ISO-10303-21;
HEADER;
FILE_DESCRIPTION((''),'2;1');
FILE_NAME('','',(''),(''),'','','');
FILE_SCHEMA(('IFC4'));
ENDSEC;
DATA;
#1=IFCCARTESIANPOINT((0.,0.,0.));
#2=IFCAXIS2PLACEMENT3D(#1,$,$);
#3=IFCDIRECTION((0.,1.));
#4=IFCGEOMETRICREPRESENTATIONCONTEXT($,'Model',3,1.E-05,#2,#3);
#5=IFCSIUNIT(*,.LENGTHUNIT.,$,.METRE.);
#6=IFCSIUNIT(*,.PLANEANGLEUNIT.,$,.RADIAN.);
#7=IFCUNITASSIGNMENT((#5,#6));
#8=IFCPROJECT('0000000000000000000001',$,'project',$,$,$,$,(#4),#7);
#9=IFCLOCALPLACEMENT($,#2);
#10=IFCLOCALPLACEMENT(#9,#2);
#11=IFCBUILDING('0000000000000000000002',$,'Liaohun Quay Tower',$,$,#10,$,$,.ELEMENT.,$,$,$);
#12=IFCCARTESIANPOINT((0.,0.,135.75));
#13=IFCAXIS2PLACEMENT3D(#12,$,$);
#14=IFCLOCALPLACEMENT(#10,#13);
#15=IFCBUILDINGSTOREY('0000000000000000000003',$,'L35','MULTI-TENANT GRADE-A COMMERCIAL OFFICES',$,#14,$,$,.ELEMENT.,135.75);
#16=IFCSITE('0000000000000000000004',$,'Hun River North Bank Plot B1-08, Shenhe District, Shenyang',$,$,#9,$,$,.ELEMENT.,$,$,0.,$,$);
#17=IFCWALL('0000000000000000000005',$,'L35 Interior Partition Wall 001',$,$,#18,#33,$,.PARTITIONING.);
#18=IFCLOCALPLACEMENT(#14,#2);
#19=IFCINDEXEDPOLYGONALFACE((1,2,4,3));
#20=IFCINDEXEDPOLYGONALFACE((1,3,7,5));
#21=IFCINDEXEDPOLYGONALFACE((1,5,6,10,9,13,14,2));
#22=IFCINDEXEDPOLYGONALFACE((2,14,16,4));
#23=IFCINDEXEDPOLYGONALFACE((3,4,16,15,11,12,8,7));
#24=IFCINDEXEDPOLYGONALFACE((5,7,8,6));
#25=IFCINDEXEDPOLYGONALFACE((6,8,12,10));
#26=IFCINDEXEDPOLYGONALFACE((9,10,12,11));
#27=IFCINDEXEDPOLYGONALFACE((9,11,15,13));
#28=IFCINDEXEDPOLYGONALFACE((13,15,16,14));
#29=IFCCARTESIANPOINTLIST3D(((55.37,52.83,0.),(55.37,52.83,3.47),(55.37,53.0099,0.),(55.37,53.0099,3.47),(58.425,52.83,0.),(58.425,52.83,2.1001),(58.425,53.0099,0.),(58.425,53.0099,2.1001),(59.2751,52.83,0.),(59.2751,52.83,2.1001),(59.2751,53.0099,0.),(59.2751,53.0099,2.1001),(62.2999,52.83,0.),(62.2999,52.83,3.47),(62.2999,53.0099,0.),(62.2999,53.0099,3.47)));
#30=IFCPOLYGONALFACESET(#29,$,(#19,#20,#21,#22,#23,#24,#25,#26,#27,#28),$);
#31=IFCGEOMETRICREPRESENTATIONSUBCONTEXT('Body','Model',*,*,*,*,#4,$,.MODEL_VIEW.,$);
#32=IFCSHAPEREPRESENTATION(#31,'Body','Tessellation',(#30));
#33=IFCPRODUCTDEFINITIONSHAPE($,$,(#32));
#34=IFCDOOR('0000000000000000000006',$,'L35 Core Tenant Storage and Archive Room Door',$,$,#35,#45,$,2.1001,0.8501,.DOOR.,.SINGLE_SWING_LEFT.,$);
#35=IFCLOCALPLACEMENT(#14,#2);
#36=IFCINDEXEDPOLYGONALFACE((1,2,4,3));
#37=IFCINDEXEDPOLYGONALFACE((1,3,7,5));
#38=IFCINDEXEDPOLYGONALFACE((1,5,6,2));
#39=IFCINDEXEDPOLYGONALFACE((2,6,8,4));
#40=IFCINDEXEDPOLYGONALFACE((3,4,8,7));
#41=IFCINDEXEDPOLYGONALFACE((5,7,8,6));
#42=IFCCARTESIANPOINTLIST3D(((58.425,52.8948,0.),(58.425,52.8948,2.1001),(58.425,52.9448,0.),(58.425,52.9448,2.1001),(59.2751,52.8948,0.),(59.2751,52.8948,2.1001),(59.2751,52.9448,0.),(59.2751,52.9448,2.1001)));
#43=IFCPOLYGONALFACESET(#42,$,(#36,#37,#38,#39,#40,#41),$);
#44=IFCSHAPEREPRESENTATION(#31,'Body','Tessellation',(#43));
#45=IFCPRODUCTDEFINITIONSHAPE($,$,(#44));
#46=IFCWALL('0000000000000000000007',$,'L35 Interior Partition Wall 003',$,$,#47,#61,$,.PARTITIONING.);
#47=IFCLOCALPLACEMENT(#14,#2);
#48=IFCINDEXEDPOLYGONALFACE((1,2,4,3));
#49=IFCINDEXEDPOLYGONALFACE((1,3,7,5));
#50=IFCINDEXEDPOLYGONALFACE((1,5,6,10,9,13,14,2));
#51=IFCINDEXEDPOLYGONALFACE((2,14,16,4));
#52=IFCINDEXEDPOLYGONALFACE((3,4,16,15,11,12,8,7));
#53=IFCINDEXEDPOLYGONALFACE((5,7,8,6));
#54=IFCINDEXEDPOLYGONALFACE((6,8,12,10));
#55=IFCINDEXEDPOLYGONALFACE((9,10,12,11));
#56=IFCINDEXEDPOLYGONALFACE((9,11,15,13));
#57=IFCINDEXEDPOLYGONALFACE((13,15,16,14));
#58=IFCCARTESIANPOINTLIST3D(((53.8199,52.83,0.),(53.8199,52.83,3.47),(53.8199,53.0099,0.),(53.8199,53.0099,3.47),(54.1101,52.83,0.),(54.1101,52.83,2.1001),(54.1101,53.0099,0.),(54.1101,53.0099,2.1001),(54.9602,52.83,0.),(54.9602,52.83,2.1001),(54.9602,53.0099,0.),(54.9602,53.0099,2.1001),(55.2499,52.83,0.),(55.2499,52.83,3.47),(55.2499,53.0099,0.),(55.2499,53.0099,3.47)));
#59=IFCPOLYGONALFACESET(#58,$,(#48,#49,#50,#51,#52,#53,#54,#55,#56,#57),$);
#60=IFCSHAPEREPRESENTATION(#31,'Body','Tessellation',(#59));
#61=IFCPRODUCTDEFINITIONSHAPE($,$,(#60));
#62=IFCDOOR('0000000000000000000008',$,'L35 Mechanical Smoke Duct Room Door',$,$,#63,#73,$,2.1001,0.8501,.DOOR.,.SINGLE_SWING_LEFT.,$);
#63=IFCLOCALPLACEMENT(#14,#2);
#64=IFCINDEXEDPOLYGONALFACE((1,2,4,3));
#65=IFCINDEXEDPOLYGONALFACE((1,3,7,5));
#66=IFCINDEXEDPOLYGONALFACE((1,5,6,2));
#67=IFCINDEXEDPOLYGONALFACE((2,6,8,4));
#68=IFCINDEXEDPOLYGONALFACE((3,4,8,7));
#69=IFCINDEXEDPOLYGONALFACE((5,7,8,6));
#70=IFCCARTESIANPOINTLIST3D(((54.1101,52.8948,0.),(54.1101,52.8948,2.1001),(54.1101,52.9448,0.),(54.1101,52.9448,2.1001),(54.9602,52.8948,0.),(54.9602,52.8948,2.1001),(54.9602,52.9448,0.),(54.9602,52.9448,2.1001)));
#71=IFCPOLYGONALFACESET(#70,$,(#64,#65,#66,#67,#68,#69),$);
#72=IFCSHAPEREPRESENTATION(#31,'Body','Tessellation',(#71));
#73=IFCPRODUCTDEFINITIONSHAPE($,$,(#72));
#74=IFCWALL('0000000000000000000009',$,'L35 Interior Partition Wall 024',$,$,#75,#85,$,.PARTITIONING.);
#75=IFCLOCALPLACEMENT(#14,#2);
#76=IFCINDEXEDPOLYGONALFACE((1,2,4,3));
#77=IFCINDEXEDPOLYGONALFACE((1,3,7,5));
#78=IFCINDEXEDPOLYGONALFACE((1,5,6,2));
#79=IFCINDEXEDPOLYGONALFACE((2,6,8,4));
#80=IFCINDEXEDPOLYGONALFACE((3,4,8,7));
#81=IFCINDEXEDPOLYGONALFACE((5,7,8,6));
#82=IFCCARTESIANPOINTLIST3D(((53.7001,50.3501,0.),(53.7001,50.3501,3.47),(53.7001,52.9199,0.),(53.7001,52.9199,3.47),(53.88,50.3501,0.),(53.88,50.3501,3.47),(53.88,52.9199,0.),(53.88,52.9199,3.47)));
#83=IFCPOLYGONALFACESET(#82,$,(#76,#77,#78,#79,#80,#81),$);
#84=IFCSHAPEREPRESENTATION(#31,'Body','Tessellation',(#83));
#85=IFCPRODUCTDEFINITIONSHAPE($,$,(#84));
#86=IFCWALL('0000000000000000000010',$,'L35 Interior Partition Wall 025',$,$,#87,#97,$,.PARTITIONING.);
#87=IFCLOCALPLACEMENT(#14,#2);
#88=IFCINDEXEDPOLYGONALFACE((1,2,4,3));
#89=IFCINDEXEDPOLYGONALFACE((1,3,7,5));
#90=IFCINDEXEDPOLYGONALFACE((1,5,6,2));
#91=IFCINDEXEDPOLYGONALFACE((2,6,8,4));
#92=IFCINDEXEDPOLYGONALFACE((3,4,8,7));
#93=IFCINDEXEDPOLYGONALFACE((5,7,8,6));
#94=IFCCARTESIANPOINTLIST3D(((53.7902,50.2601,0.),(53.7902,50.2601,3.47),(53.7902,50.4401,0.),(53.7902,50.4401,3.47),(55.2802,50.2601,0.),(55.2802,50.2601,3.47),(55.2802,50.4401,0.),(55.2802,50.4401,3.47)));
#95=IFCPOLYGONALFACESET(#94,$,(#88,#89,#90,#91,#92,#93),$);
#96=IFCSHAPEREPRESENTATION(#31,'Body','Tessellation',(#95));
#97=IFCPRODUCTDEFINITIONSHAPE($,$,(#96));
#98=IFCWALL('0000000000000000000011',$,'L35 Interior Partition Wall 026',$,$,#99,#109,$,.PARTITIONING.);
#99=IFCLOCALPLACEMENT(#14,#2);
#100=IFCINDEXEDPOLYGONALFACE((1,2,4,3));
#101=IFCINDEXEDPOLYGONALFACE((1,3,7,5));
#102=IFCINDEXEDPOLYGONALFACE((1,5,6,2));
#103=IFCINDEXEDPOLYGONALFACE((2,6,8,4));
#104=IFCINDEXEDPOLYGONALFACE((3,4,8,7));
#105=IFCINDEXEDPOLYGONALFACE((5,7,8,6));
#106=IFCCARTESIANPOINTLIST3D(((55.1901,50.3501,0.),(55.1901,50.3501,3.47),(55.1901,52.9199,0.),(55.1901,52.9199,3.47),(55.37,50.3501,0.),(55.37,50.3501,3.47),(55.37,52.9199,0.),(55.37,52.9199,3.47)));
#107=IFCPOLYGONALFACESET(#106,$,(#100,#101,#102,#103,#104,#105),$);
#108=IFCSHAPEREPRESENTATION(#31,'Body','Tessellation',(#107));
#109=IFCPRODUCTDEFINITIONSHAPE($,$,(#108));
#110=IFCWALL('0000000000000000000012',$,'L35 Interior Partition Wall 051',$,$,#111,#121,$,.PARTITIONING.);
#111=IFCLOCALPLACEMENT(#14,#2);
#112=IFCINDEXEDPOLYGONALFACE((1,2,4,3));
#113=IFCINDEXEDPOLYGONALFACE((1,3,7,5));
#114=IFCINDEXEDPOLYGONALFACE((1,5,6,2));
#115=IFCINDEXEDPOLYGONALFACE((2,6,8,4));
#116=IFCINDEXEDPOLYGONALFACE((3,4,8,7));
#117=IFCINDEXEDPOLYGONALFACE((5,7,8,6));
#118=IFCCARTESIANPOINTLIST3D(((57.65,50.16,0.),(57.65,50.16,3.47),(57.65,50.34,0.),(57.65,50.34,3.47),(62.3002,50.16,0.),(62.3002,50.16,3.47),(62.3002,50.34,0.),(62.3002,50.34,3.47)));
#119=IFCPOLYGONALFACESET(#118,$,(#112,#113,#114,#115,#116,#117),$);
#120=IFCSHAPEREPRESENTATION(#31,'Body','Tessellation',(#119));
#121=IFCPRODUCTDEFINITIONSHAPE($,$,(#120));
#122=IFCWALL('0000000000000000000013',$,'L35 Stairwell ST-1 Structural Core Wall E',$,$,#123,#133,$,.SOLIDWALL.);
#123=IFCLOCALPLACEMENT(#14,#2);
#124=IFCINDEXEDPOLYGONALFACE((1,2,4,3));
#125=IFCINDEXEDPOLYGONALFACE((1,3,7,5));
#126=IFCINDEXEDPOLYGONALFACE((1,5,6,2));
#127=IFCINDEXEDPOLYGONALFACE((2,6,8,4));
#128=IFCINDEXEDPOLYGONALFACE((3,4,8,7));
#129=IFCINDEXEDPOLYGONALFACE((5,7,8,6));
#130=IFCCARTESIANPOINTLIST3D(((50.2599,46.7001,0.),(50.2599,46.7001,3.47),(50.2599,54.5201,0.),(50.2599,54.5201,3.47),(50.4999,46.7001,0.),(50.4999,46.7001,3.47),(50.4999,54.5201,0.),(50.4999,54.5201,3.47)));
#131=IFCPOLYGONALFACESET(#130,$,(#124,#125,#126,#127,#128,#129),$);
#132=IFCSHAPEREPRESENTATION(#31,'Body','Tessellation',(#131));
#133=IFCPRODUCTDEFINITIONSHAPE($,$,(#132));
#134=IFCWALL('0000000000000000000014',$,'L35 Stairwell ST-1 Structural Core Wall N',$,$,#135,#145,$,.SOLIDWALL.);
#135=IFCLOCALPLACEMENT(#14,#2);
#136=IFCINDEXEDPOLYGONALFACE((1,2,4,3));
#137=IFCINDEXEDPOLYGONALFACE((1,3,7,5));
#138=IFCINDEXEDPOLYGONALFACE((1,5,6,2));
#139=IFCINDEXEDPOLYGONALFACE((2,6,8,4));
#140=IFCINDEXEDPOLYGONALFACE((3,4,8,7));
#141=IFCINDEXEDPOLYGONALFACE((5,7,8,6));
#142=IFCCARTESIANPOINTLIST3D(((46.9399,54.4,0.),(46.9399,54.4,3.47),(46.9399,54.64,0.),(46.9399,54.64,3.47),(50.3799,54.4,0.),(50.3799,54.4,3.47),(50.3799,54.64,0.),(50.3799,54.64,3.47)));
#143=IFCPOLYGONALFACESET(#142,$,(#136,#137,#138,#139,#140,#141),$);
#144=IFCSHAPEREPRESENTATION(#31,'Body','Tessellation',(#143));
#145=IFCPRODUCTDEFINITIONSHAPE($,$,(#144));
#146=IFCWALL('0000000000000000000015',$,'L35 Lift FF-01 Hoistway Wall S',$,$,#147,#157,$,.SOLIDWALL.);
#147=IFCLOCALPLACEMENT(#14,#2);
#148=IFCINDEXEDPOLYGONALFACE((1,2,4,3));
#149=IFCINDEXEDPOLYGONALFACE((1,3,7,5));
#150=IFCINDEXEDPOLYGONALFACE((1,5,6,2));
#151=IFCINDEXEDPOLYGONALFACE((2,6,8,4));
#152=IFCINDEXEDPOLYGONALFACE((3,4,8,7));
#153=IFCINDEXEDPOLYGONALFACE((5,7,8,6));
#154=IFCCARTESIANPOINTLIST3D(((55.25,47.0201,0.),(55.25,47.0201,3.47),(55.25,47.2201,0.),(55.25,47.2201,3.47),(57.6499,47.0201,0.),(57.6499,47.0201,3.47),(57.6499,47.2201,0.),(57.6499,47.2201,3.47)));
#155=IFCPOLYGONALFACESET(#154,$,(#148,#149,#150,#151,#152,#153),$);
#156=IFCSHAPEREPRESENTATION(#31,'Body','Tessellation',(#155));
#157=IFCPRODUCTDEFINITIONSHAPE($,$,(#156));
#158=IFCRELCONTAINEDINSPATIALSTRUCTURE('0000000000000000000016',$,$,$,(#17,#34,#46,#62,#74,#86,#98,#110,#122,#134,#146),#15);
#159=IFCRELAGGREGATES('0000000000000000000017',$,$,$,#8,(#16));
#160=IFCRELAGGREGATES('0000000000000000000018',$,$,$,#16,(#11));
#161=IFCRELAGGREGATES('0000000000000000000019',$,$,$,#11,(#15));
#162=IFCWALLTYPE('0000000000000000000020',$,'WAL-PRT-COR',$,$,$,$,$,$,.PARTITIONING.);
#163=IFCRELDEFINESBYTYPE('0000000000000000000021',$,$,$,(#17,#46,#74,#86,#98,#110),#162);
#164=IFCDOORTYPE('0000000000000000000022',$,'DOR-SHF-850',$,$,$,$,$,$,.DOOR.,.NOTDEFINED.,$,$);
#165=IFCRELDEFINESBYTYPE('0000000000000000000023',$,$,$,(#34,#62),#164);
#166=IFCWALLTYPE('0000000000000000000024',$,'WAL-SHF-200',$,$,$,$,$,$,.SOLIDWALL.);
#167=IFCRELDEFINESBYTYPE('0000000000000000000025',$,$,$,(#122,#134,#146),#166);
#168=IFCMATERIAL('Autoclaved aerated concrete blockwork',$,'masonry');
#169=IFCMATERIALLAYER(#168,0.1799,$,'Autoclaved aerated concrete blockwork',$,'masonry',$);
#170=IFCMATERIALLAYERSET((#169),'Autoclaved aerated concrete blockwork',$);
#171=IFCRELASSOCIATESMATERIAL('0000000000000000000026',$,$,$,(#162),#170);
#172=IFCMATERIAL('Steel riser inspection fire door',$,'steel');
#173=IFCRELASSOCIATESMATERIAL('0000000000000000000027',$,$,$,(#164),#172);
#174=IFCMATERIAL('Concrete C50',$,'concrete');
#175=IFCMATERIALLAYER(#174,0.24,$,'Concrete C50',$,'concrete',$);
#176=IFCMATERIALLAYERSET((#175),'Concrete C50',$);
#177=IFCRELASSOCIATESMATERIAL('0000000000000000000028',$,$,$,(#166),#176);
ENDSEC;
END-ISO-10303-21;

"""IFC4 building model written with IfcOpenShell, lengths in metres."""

from ifc_helpers import new_model, si_unit, direction, frame, frame_2d, origin, place, context, subcontext, project, spatial, rectangle, extrude, source, transform, mapped, material, layer, layer_set, type_object, element, fill, save


model = new_model("IFC4")

# Units and contexts
model_context = context("Model", 3, precision=1e-05, world=origin(), true_north=direction((0.0, 1.0)))
body_context = subcontext(model_context, "Body", "Model", "MODEL_VIEW")
ifc_project = project(units=[si_unit("LENGTHUNIT", "METRE"), si_unit("PLANEANGLEUNIT", "RADIAN")], contexts=[model_context])

# Site, building, storey
site_placement = place(None, origin())
site = spatial("IfcSite", under=ifc_project, at=site_placement, Name="Hun River North Bank Plot B1-08, Shenhe District, Shenyang", CompositionType="ELEMENT", RefElevation=0.0)
building_placement = place(site_placement, origin())
building = spatial("IfcBuilding", under=site, at=building_placement, Name="Liaohun Quay Tower", CompositionType="ELEMENT")
storey_placement = place(building_placement, frame((0.0, 0.0, 135.75)))
storey = spatial("IfcBuildingStorey", under=building, at=storey_placement, Name="L35", Description="MULTI-TENANT GRADE-A COMMERCIAL OFFICES", CompositionType="ELEMENT", Elevation=135.75)

# Shared definitions
ifc_material_1 = material(Name="Concrete C50", Category="concrete")

# Walls, openings, doors
ifc_material_2 = material(Name="Autoclaved aerated concrete blockwork", Category="masonry")
ifc_layer_1 = layer(ifc_material_2, 0.1799, Name="Autoclaved aerated concrete blockwork", Category="masonry")
ifc_layer_set_1 = layer_set([ifc_layer_1], Name="Autoclaved aerated concrete blockwork")
wall_type_1 = type_object("IfcWallType", Name="WAL-PRT-COR", PredefinedType="PARTITIONING", material=ifc_layer_set_1)
wall_1_placement = place(storey_placement, frame((55.3701, 52.9199, 0.0), z_axis=(0.0, 0.0, 1.0), x_axis=(1.0, 0.0, 0.0)))
wall_1 = element("IfcWall", 1, at=wall_1_placement, inside=storey, type_object=wall_type_1, Name="L35 Interior Partition Wall 001", PredefinedType="PARTITIONING", context=body_context, shape_type="SweptSolid", body=[
    extrude(rectangle(XDim=6.9299, YDim=0.1799, at=frame_2d((3.4648, 0.0))), origin(), (0.0, 0.0, 1.0), 3.47),
])
shared_shape_1 = source(origin(), body_context, "Body", "SweptSolid", [
    extrude(rectangle(XDim=0.8501, YDim=2.1001, at=frame_2d((0.425, 1.05))), frame((0.0, 0.0999, 0.0), z_axis=(0.0, -1.0, 0.0), x_axis=(1.0, 0.0, 0.0)), (0.0, 0.0, 1.0), 0.2),
])
opening_1_placement = place(wall_1_placement, frame((3.0549, 0.0, 0.0)))
opening_1 = element("IfcOpeningElement", 2, at=opening_1_placement, cuts=wall_1, PredefinedType="OPENING", context=body_context, shape_type="MappedRepresentation", body=[
    mapped(shared_shape_1, transform((0.0, 0.0, 0.0), x_axis=(1.0, 0.0, 0.0), y_axis=(0.0, 1.0, 0.0), z_axis=(0.0, 0.0, 1.0), scale=1.0)),
])
ifc_material_3 = material(Name="Steel riser inspection fire door", Category="steel")
door_type_1 = type_object("IfcDoorType", Name="DOR-SHF-850", OperationType="NOTDEFINED", PredefinedType="DOOR", material=ifc_material_3)
shared_shape_2 = source(origin(), body_context, "Body", "SweptSolid", [
    extrude(rectangle(XDim=0.8501, YDim=2.1001, at=frame_2d((0.425, 1.05))), frame((0.0, 0.0249, 0.0), z_axis=(0.0, -1.0, 0.0), x_axis=(1.0, 0.0, 0.0)), (0.0, 0.0, 1.0), 0.05),
])
door_1_placement = place(opening_1_placement, origin())
door_1 = element("IfcDoor", 3, at=door_1_placement, inside=storey, type_object=door_type_1, Name="L35 Core Tenant Storage and Archive Room Door", OperationType="SINGLE_SWING_LEFT", OverallHeight=2.1001, OverallWidth=0.8501, PredefinedType="DOOR", context=body_context, shape_type="MappedRepresentation", body=[
    mapped(shared_shape_2, transform((0.0, 0.0, 0.0), x_axis=(1.0, 0.0, 0.0), y_axis=(0.0, 1.0, 0.0), z_axis=(0.0, 0.0, 1.0), scale=1.0)),
])
fill(opening_1, door_1)
wall_2_placement = place(storey_placement, frame((53.8201, 52.9199, 0.0), z_axis=(0.0, 0.0, 1.0), x_axis=(1.0, 0.0, 0.0)))
wall_2 = element("IfcWall", 4, at=wall_2_placement, inside=storey, type_object=wall_type_1, Name="L35 Interior Partition Wall 003", PredefinedType="PARTITIONING", context=body_context, shape_type="SweptSolid", body=[
    extrude(rectangle(XDim=1.4299, YDim=0.1799, at=frame_2d((0.7148, 0.0))), origin(), (0.0, 0.0, 1.0), 3.47),
])
opening_2_placement = place(wall_2_placement, frame((0.29, 0.0, 0.0)))
opening_2 = element("IfcOpeningElement", 5, at=opening_2_placement, cuts=wall_2, PredefinedType="OPENING", context=body_context, shape_type="MappedRepresentation", body=[
    mapped(shared_shape_1, transform((0.0, 0.0, 0.0), x_axis=(1.0, 0.0, 0.0), y_axis=(0.0, 1.0, 0.0), z_axis=(0.0, 0.0, 1.0), scale=1.0)),
])
door_2_placement = place(opening_2_placement, origin())
door_2 = element("IfcDoor", 6, at=door_2_placement, inside=storey, type_object=door_type_1, Name="L35 Mechanical Smoke Duct Room Door", OperationType="SINGLE_SWING_LEFT", OverallHeight=2.1001, OverallWidth=0.8501, PredefinedType="DOOR", context=body_context, shape_type="MappedRepresentation", body=[
    mapped(shared_shape_2, transform((0.0, 0.0, 0.0), x_axis=(1.0, 0.0, 0.0), y_axis=(0.0, 1.0, 0.0), z_axis=(0.0, 0.0, 1.0), scale=1.0)),
])
fill(opening_2, door_2)

# Walls
wall_3_placement = place(storey_placement, frame((53.79, 50.3501, 0.0), z_axis=(0.0, 0.0, 1.0), x_axis=(0.0, 1.0, 0.0)))
element("IfcWall", 7, at=wall_3_placement, inside=storey, type_object=wall_type_1, Name="L35 Interior Partition Wall 024", PredefinedType="PARTITIONING", context=body_context, shape_type="SweptSolid", body=[
    extrude(rectangle(XDim=2.5698, YDim=0.1799, at=frame_2d((1.2849, 0.0))), origin(), (0.0, 0.0, 1.0), 3.47),
])
wall_4_placement = place(storey_placement, frame((53.79, 50.3501, 0.0), z_axis=(0.0, 0.0, 1.0), x_axis=(1.0, 0.0, 0.0)))
element("IfcWall", 8, at=wall_4_placement, inside=storey, type_object=wall_type_1, Name="L35 Interior Partition Wall 025", PredefinedType="PARTITIONING", context=body_context, shape_type="SweptSolid", body=[
    extrude(rectangle(XDim=1.49, YDim=0.1799, at=frame_2d((0.7451, 0.0))), origin(), (0.0, 0.0, 1.0), 3.47),
])
wall_5_placement = place(storey_placement, frame((55.28, 50.3501, 0.0), z_axis=(0.0, 0.0, 1.0), x_axis=(0.0, 1.0, 0.0)))
element("IfcWall", 9, at=wall_5_placement, inside=storey, type_object=wall_type_1, Name="L35 Interior Partition Wall 026", PredefinedType="PARTITIONING", context=body_context, shape_type="SweptSolid", body=[
    extrude(rectangle(XDim=2.5698, YDim=0.1799, at=frame_2d((1.2849, 0.0))), origin(), (0.0, 0.0, 1.0), 3.47),
])
wall_6_placement = place(storey_placement, frame((57.6499, 50.25, 0.0), z_axis=(0.0, 0.0, 1.0), x_axis=(1.0, 0.0, 0.0)))
element("IfcWall", 10, at=wall_6_placement, inside=storey, type_object=wall_type_1, Name="L35 Interior Partition Wall 051", PredefinedType="PARTITIONING", context=body_context, shape_type="SweptSolid", body=[
    extrude(rectangle(XDim=4.6501, YDim=0.1799, at=frame_2d((2.3252, 0.0))), origin(), (0.0, 0.0, 1.0), 3.47),
])
ifc_layer_2 = layer(ifc_material_1, 0.24, Name="Concrete C50", Category="concrete")
ifc_layer_set_2 = layer_set([ifc_layer_2], Name="Concrete C50")
wall_type_2 = type_object("IfcWallType", Name="WAL-SHF-200", PredefinedType="SOLIDWALL", material=ifc_layer_set_2)
wall_7_placement = place(storey_placement, frame((50.3799, 46.7, 0.0), z_axis=(0.0, 0.0, 1.0), x_axis=(0.0, 1.0, 0.0)))
element("IfcWall", 11, at=wall_7_placement, inside=storey, type_object=wall_type_2, Name="L35 Stairwell ST-1 Structural Core Wall E", PredefinedType="SOLIDWALL", context=body_context, shape_type="SweptSolid", body=[
    extrude(rectangle(XDim=7.8201, YDim=0.24, at=frame_2d((3.9102, 0.0))), origin(), (0.0, 0.0, 1.0), 3.47),
])
wall_8_placement = place(storey_placement, frame((50.3799, 54.52, 0.0), z_axis=(0.0, 0.0, 1.0), x_axis=(-1.0, 0.0, 0.0)))
element("IfcWall", 12, at=wall_8_placement, inside=storey, type_object=wall_type_2, Name="L35 Stairwell ST-1 Structural Core Wall N", PredefinedType="SOLIDWALL", context=body_context, shape_type="SweptSolid", body=[
    extrude(rectangle(XDim=3.4399, YDim=0.24, at=frame_2d((1.72, 0.0))), origin(), (0.0, 0.0, 1.0), 3.47),
])
wall_9_placement = place(storey_placement, frame((55.25, 47.1201, 0.0), z_axis=(0.0, 0.0, 1.0), x_axis=(1.0, 0.0, 0.0)))
element("IfcWall", 13, at=wall_9_placement, inside=storey, type_object=wall_type_2, Name="L35 Lift FF-01 Hoistway Wall S", PredefinedType="SOLIDWALL", context=body_context, shape_type="SweptSolid", body=[
    extrude(rectangle(XDim=2.3999, YDim=0.2, at=frame_2d((1.2, 0.0))), origin(), (0.0, 0.0, 1.0), 3.47),
])

save(model, "model.ifc")
